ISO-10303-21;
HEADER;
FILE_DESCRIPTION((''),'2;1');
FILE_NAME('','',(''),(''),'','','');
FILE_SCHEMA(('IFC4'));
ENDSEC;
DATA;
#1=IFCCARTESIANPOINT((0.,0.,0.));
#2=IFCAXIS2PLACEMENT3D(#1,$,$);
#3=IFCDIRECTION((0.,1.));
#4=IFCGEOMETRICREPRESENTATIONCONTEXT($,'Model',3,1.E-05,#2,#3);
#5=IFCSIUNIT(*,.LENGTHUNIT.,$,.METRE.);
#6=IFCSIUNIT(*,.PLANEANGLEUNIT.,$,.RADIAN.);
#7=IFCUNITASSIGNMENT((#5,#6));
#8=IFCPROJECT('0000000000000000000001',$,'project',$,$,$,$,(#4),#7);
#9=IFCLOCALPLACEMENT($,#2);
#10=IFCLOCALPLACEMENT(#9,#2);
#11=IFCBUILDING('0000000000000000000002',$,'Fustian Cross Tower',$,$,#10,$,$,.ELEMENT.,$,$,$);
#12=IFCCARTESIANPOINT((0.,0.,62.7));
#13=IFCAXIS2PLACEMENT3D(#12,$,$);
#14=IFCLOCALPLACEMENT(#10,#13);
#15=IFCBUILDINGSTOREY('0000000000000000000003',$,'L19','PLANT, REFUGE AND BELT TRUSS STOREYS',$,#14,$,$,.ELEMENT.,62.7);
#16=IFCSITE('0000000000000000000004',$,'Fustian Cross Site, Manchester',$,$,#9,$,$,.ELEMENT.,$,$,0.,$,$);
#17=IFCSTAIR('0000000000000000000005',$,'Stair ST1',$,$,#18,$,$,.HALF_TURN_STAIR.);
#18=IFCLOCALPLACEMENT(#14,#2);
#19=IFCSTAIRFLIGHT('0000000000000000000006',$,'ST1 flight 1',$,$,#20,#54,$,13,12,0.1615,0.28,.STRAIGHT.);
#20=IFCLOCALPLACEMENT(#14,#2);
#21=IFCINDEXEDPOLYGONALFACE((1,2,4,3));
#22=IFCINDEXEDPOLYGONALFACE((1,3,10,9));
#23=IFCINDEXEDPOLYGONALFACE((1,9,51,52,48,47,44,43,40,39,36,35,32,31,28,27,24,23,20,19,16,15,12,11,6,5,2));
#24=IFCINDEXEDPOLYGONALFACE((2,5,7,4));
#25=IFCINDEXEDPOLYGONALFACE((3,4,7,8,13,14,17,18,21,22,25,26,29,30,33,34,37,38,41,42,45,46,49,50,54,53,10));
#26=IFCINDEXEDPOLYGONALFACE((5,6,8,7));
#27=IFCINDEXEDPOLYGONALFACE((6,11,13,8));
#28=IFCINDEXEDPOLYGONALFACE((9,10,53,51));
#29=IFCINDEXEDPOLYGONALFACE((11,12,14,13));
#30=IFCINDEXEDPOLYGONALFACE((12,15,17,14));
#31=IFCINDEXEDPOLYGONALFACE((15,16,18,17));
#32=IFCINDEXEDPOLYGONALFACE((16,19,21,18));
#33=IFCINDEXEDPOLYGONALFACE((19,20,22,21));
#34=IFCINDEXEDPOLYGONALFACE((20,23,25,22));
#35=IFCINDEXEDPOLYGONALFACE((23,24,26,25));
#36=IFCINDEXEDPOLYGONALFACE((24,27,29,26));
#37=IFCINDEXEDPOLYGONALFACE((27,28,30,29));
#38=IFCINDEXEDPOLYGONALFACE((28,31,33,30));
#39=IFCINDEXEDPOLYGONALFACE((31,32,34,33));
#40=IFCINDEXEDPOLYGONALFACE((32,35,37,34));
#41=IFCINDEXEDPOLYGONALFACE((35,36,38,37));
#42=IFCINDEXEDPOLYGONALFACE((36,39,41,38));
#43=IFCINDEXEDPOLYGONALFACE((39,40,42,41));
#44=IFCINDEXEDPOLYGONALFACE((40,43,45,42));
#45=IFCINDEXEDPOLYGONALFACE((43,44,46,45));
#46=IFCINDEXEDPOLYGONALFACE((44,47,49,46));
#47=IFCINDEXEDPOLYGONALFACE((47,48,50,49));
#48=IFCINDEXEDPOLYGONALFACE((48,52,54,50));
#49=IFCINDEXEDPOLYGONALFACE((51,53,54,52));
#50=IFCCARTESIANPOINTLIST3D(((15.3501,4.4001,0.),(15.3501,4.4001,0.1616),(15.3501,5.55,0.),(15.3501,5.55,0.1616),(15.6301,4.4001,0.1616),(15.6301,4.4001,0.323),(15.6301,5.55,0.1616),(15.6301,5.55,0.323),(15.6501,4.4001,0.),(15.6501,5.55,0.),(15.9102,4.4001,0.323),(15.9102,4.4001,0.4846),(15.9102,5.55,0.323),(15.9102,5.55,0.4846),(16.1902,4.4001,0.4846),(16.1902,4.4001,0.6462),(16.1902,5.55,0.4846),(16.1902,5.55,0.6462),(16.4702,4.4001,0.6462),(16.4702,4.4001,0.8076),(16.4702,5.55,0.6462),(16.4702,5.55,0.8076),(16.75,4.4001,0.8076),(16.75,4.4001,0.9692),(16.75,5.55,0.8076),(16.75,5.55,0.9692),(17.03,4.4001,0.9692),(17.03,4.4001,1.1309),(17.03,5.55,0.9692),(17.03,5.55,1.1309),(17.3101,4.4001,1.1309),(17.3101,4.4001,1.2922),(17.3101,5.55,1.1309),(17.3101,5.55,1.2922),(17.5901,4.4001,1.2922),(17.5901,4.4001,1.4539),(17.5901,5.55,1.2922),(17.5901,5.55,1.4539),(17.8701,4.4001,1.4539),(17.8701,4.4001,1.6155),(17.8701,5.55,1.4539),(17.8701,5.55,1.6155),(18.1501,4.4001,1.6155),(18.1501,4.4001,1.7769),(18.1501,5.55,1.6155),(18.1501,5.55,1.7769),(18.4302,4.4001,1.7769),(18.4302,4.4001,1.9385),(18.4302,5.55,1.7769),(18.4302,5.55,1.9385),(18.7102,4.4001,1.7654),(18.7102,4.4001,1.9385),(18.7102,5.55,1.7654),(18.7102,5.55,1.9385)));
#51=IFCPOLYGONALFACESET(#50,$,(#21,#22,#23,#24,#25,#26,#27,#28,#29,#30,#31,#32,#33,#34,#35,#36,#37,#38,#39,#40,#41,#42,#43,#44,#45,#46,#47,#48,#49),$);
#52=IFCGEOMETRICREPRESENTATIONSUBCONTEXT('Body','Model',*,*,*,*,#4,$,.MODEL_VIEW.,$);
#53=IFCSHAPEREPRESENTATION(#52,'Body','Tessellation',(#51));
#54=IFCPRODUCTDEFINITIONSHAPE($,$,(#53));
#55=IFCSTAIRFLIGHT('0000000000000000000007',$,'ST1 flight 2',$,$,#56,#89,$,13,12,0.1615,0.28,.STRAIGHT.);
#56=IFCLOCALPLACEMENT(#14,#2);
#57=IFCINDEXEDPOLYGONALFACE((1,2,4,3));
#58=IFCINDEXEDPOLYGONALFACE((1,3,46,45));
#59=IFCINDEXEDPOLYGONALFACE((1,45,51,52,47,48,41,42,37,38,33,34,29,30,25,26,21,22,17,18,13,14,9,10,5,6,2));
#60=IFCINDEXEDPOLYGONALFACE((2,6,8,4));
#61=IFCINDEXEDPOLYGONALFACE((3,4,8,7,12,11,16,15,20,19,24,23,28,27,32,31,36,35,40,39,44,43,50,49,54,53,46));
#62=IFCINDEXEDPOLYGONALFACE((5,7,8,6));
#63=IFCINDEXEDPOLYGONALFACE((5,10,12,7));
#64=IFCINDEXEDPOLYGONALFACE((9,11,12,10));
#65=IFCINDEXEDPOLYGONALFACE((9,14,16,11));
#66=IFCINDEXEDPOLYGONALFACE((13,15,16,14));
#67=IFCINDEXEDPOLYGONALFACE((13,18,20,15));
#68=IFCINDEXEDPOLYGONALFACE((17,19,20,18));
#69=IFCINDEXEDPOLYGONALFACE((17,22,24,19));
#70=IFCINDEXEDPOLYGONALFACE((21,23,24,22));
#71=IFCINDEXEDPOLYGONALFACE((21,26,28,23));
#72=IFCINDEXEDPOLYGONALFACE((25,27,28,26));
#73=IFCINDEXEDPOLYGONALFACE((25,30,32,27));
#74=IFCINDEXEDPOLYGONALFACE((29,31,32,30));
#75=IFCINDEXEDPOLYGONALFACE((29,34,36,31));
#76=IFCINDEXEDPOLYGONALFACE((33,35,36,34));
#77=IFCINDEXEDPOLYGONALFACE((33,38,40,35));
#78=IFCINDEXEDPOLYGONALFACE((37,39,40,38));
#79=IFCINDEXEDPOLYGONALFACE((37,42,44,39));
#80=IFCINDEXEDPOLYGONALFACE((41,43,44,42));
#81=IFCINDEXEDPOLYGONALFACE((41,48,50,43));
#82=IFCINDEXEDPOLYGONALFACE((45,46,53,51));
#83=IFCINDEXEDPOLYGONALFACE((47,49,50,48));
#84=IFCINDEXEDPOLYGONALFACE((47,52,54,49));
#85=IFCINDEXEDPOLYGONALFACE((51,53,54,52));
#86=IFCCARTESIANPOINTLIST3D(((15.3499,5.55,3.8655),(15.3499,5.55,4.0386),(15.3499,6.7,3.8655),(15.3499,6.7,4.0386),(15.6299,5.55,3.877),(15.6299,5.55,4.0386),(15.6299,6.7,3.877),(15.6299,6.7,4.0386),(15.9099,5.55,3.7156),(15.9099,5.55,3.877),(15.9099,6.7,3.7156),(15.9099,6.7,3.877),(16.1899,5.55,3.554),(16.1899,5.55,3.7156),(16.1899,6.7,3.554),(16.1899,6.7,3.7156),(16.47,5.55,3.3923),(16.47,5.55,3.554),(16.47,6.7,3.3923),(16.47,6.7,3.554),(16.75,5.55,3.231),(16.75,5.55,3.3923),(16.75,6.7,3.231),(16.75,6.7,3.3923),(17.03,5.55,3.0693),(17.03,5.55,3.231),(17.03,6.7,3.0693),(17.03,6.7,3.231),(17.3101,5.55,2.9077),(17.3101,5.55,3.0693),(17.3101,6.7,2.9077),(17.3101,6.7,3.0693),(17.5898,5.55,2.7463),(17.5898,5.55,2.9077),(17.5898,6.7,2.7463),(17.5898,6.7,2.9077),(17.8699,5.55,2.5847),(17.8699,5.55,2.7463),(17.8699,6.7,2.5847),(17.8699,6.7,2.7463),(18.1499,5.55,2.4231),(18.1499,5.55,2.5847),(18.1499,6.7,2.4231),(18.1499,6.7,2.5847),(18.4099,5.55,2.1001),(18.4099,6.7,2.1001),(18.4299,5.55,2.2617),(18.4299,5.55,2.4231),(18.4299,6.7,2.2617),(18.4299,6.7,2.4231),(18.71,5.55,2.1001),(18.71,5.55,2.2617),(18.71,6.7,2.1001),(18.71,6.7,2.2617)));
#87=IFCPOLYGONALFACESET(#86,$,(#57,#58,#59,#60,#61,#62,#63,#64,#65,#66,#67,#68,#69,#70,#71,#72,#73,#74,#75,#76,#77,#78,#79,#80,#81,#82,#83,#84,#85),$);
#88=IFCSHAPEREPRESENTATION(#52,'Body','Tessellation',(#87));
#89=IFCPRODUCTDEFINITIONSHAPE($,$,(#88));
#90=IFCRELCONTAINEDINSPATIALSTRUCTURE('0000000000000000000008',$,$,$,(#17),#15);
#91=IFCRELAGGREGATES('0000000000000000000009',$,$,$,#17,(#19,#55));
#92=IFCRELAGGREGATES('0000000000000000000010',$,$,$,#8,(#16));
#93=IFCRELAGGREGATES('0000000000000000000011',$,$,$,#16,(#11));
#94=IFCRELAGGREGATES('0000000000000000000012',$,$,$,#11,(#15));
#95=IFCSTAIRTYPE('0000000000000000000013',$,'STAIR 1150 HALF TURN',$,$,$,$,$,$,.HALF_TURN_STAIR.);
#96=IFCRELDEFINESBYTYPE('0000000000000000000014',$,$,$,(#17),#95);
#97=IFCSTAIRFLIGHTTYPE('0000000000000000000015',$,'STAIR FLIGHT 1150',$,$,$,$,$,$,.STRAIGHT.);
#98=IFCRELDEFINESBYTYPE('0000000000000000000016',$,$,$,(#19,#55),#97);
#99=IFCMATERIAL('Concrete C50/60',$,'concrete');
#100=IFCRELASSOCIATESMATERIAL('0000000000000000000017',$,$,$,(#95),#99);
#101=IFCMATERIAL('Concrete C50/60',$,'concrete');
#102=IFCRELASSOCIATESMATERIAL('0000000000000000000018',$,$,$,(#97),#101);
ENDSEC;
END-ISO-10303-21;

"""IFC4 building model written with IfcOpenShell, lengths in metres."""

from ifc_helpers import new_model, si_unit, direction, frame, origin, place, context, subcontext, project, spatial, polyline, outline, extrude, material, type_object, element, aggregate, save


model = new_model("IFC4")

# Units and contexts
model_context = context("Model", 3, precision=1e-05, world=origin(), true_north=direction((0.0, 1.0)))
body_context = subcontext(model_context, "Body", "Model", "MODEL_VIEW")
ifc_project = project(units=[si_unit("LENGTHUNIT", "METRE"), si_unit("PLANEANGLEUNIT", "RADIAN")], contexts=[model_context])

# Site, building, storey
site_placement = place(None, origin())
site = spatial("IfcSite", under=ifc_project, at=site_placement, Name="Fustian Cross Site, Manchester", CompositionType="ELEMENT", RefElevation=0.0)
building_placement = place(site_placement, origin())
building = spatial("IfcBuilding", under=site, at=building_placement, Name="Fustian Cross Tower", CompositionType="ELEMENT")
storey_placement = place(building_placement, frame((0.0, 0.0, 62.7)))
storey = spatial("IfcBuildingStorey", under=building, at=storey_placement, Name="L19", Description="PLANT, REFUGE AND BELT TRUSS STOREYS", CompositionType="ELEMENT", Elevation=62.7)

# Stair, stair flights
ifc_material_1 = material(Name="Concrete C50/60", Category="concrete")
stair_type = type_object("IfcStairType", Name="STAIR 1150 HALF TURN", PredefinedType="HALF_TURN_STAIR", material=ifc_material_1)
stair_placement = place(storey_placement, origin())
stair = element("IfcStair", 1, at=stair_placement, inside=storey, type_object=stair_type, Name="Stair ST1", PredefinedType="HALF_TURN_STAIR")
ifc_material_2 = material(Name="Concrete C50/60", Category="concrete")
stair_flight_type = type_object("IfcStairFlightType", Name="STAIR FLIGHT 1150", PredefinedType="STRAIGHT", material=ifc_material_2)
stair_flight_1_placement = place(storey_placement, frame((15.3501, 4.9751, 0.0), z_axis=(0.0, 0.0, 1.0), x_axis=(1.0, 0.0, 0.0)))
stair_flight_1 = element("IfcStairFlight", 2, at=stair_flight_1_placement, type_object=stair_flight_type, Name="ST1 flight 1", NumberOfRisers=13, NumberOfTreads=12, PredefinedType="STRAIGHT", RiserHeight=0.1615, TreadLength=0.28, context=body_context, shape_type="SweptSolid", body=[
    extrude(outline(polyline([(0.0, 0.0), (0.0, 0.1616), (0.28, 0.1616), (0.28, 0.323), (0.5601, 0.323), (0.5601, 0.4846), (0.8401, 0.4846), (0.8401, 0.6462), (1.1201, 0.6462), (1.1201, 0.8076), (1.3999, 0.8076), (1.3999, 0.9692), (1.6799, 0.9692), (1.6799, 1.1309), (1.96, 1.1309), (1.96, 1.2922), (2.24, 1.2922), (2.24, 1.4539), (2.52, 1.4539), (2.52, 1.6155), (2.8, 1.6155), (2.8, 1.7769), (3.0801, 1.7769), (3.0801, 1.9385), (3.3601, 1.9385), (3.3601, 2.1001), (3.3601, 1.7654), (0.3, 0.0), (0.0, 0.0)])), frame((0.0, 0.575, 0.0), z_axis=(0.0, -1.0, 0.0), x_axis=(1.0, 0.0, 0.0)), (0.0, 0.0, 1.0), 1.1499),
])
stair_flight_2_placement = place(storey_placement, frame((18.71, 6.125, 2.1001), z_axis=(0.0, 0.0, 1.0), x_axis=(-1.0, 0.0, 0.0)))
stair_flight_2 = element("IfcStairFlight", 3, at=stair_flight_2_placement, type_object=stair_flight_type, Name="ST1 flight 2", NumberOfRisers=13, NumberOfTreads=12, PredefinedType="STRAIGHT", RiserHeight=0.1615, TreadLength=0.28, context=body_context, shape_type="SweptSolid", body=[
    extrude(outline(polyline([(0.0, 0.0), (0.0, 0.1616), (0.28, 0.1616), (0.28, 0.323), (0.5601, 0.323), (0.5601, 0.4846), (0.8401, 0.4846), (0.8401, 0.6462), (1.1201, 0.6462), (1.1201, 0.8076), (1.3999, 0.8076), (1.3999, 0.9692), (1.6799, 0.9692), (1.6799, 1.1309), (1.96, 1.1309), (1.96, 1.2922), (2.24, 1.2922), (2.24, 1.4539), (2.52, 1.4539), (2.52, 1.6155), (2.8, 1.6155), (2.8, 1.7769), (3.0801, 1.7769), (3.0801, 1.9385), (3.3601, 1.9385), (3.3601, 2.1001), (3.3601, 1.7654), (0.3, 0.0), (0.0, 0.0)])), frame((0.0, 0.575, 0.0), z_axis=(0.0, -1.0, 0.0), x_axis=(1.0, 0.0, 0.0)), (0.0, 0.0, 1.0), 1.1499),
])
aggregate(stair, [stair_flight_1, stair_flight_2])

save(model, "model.ifc")
